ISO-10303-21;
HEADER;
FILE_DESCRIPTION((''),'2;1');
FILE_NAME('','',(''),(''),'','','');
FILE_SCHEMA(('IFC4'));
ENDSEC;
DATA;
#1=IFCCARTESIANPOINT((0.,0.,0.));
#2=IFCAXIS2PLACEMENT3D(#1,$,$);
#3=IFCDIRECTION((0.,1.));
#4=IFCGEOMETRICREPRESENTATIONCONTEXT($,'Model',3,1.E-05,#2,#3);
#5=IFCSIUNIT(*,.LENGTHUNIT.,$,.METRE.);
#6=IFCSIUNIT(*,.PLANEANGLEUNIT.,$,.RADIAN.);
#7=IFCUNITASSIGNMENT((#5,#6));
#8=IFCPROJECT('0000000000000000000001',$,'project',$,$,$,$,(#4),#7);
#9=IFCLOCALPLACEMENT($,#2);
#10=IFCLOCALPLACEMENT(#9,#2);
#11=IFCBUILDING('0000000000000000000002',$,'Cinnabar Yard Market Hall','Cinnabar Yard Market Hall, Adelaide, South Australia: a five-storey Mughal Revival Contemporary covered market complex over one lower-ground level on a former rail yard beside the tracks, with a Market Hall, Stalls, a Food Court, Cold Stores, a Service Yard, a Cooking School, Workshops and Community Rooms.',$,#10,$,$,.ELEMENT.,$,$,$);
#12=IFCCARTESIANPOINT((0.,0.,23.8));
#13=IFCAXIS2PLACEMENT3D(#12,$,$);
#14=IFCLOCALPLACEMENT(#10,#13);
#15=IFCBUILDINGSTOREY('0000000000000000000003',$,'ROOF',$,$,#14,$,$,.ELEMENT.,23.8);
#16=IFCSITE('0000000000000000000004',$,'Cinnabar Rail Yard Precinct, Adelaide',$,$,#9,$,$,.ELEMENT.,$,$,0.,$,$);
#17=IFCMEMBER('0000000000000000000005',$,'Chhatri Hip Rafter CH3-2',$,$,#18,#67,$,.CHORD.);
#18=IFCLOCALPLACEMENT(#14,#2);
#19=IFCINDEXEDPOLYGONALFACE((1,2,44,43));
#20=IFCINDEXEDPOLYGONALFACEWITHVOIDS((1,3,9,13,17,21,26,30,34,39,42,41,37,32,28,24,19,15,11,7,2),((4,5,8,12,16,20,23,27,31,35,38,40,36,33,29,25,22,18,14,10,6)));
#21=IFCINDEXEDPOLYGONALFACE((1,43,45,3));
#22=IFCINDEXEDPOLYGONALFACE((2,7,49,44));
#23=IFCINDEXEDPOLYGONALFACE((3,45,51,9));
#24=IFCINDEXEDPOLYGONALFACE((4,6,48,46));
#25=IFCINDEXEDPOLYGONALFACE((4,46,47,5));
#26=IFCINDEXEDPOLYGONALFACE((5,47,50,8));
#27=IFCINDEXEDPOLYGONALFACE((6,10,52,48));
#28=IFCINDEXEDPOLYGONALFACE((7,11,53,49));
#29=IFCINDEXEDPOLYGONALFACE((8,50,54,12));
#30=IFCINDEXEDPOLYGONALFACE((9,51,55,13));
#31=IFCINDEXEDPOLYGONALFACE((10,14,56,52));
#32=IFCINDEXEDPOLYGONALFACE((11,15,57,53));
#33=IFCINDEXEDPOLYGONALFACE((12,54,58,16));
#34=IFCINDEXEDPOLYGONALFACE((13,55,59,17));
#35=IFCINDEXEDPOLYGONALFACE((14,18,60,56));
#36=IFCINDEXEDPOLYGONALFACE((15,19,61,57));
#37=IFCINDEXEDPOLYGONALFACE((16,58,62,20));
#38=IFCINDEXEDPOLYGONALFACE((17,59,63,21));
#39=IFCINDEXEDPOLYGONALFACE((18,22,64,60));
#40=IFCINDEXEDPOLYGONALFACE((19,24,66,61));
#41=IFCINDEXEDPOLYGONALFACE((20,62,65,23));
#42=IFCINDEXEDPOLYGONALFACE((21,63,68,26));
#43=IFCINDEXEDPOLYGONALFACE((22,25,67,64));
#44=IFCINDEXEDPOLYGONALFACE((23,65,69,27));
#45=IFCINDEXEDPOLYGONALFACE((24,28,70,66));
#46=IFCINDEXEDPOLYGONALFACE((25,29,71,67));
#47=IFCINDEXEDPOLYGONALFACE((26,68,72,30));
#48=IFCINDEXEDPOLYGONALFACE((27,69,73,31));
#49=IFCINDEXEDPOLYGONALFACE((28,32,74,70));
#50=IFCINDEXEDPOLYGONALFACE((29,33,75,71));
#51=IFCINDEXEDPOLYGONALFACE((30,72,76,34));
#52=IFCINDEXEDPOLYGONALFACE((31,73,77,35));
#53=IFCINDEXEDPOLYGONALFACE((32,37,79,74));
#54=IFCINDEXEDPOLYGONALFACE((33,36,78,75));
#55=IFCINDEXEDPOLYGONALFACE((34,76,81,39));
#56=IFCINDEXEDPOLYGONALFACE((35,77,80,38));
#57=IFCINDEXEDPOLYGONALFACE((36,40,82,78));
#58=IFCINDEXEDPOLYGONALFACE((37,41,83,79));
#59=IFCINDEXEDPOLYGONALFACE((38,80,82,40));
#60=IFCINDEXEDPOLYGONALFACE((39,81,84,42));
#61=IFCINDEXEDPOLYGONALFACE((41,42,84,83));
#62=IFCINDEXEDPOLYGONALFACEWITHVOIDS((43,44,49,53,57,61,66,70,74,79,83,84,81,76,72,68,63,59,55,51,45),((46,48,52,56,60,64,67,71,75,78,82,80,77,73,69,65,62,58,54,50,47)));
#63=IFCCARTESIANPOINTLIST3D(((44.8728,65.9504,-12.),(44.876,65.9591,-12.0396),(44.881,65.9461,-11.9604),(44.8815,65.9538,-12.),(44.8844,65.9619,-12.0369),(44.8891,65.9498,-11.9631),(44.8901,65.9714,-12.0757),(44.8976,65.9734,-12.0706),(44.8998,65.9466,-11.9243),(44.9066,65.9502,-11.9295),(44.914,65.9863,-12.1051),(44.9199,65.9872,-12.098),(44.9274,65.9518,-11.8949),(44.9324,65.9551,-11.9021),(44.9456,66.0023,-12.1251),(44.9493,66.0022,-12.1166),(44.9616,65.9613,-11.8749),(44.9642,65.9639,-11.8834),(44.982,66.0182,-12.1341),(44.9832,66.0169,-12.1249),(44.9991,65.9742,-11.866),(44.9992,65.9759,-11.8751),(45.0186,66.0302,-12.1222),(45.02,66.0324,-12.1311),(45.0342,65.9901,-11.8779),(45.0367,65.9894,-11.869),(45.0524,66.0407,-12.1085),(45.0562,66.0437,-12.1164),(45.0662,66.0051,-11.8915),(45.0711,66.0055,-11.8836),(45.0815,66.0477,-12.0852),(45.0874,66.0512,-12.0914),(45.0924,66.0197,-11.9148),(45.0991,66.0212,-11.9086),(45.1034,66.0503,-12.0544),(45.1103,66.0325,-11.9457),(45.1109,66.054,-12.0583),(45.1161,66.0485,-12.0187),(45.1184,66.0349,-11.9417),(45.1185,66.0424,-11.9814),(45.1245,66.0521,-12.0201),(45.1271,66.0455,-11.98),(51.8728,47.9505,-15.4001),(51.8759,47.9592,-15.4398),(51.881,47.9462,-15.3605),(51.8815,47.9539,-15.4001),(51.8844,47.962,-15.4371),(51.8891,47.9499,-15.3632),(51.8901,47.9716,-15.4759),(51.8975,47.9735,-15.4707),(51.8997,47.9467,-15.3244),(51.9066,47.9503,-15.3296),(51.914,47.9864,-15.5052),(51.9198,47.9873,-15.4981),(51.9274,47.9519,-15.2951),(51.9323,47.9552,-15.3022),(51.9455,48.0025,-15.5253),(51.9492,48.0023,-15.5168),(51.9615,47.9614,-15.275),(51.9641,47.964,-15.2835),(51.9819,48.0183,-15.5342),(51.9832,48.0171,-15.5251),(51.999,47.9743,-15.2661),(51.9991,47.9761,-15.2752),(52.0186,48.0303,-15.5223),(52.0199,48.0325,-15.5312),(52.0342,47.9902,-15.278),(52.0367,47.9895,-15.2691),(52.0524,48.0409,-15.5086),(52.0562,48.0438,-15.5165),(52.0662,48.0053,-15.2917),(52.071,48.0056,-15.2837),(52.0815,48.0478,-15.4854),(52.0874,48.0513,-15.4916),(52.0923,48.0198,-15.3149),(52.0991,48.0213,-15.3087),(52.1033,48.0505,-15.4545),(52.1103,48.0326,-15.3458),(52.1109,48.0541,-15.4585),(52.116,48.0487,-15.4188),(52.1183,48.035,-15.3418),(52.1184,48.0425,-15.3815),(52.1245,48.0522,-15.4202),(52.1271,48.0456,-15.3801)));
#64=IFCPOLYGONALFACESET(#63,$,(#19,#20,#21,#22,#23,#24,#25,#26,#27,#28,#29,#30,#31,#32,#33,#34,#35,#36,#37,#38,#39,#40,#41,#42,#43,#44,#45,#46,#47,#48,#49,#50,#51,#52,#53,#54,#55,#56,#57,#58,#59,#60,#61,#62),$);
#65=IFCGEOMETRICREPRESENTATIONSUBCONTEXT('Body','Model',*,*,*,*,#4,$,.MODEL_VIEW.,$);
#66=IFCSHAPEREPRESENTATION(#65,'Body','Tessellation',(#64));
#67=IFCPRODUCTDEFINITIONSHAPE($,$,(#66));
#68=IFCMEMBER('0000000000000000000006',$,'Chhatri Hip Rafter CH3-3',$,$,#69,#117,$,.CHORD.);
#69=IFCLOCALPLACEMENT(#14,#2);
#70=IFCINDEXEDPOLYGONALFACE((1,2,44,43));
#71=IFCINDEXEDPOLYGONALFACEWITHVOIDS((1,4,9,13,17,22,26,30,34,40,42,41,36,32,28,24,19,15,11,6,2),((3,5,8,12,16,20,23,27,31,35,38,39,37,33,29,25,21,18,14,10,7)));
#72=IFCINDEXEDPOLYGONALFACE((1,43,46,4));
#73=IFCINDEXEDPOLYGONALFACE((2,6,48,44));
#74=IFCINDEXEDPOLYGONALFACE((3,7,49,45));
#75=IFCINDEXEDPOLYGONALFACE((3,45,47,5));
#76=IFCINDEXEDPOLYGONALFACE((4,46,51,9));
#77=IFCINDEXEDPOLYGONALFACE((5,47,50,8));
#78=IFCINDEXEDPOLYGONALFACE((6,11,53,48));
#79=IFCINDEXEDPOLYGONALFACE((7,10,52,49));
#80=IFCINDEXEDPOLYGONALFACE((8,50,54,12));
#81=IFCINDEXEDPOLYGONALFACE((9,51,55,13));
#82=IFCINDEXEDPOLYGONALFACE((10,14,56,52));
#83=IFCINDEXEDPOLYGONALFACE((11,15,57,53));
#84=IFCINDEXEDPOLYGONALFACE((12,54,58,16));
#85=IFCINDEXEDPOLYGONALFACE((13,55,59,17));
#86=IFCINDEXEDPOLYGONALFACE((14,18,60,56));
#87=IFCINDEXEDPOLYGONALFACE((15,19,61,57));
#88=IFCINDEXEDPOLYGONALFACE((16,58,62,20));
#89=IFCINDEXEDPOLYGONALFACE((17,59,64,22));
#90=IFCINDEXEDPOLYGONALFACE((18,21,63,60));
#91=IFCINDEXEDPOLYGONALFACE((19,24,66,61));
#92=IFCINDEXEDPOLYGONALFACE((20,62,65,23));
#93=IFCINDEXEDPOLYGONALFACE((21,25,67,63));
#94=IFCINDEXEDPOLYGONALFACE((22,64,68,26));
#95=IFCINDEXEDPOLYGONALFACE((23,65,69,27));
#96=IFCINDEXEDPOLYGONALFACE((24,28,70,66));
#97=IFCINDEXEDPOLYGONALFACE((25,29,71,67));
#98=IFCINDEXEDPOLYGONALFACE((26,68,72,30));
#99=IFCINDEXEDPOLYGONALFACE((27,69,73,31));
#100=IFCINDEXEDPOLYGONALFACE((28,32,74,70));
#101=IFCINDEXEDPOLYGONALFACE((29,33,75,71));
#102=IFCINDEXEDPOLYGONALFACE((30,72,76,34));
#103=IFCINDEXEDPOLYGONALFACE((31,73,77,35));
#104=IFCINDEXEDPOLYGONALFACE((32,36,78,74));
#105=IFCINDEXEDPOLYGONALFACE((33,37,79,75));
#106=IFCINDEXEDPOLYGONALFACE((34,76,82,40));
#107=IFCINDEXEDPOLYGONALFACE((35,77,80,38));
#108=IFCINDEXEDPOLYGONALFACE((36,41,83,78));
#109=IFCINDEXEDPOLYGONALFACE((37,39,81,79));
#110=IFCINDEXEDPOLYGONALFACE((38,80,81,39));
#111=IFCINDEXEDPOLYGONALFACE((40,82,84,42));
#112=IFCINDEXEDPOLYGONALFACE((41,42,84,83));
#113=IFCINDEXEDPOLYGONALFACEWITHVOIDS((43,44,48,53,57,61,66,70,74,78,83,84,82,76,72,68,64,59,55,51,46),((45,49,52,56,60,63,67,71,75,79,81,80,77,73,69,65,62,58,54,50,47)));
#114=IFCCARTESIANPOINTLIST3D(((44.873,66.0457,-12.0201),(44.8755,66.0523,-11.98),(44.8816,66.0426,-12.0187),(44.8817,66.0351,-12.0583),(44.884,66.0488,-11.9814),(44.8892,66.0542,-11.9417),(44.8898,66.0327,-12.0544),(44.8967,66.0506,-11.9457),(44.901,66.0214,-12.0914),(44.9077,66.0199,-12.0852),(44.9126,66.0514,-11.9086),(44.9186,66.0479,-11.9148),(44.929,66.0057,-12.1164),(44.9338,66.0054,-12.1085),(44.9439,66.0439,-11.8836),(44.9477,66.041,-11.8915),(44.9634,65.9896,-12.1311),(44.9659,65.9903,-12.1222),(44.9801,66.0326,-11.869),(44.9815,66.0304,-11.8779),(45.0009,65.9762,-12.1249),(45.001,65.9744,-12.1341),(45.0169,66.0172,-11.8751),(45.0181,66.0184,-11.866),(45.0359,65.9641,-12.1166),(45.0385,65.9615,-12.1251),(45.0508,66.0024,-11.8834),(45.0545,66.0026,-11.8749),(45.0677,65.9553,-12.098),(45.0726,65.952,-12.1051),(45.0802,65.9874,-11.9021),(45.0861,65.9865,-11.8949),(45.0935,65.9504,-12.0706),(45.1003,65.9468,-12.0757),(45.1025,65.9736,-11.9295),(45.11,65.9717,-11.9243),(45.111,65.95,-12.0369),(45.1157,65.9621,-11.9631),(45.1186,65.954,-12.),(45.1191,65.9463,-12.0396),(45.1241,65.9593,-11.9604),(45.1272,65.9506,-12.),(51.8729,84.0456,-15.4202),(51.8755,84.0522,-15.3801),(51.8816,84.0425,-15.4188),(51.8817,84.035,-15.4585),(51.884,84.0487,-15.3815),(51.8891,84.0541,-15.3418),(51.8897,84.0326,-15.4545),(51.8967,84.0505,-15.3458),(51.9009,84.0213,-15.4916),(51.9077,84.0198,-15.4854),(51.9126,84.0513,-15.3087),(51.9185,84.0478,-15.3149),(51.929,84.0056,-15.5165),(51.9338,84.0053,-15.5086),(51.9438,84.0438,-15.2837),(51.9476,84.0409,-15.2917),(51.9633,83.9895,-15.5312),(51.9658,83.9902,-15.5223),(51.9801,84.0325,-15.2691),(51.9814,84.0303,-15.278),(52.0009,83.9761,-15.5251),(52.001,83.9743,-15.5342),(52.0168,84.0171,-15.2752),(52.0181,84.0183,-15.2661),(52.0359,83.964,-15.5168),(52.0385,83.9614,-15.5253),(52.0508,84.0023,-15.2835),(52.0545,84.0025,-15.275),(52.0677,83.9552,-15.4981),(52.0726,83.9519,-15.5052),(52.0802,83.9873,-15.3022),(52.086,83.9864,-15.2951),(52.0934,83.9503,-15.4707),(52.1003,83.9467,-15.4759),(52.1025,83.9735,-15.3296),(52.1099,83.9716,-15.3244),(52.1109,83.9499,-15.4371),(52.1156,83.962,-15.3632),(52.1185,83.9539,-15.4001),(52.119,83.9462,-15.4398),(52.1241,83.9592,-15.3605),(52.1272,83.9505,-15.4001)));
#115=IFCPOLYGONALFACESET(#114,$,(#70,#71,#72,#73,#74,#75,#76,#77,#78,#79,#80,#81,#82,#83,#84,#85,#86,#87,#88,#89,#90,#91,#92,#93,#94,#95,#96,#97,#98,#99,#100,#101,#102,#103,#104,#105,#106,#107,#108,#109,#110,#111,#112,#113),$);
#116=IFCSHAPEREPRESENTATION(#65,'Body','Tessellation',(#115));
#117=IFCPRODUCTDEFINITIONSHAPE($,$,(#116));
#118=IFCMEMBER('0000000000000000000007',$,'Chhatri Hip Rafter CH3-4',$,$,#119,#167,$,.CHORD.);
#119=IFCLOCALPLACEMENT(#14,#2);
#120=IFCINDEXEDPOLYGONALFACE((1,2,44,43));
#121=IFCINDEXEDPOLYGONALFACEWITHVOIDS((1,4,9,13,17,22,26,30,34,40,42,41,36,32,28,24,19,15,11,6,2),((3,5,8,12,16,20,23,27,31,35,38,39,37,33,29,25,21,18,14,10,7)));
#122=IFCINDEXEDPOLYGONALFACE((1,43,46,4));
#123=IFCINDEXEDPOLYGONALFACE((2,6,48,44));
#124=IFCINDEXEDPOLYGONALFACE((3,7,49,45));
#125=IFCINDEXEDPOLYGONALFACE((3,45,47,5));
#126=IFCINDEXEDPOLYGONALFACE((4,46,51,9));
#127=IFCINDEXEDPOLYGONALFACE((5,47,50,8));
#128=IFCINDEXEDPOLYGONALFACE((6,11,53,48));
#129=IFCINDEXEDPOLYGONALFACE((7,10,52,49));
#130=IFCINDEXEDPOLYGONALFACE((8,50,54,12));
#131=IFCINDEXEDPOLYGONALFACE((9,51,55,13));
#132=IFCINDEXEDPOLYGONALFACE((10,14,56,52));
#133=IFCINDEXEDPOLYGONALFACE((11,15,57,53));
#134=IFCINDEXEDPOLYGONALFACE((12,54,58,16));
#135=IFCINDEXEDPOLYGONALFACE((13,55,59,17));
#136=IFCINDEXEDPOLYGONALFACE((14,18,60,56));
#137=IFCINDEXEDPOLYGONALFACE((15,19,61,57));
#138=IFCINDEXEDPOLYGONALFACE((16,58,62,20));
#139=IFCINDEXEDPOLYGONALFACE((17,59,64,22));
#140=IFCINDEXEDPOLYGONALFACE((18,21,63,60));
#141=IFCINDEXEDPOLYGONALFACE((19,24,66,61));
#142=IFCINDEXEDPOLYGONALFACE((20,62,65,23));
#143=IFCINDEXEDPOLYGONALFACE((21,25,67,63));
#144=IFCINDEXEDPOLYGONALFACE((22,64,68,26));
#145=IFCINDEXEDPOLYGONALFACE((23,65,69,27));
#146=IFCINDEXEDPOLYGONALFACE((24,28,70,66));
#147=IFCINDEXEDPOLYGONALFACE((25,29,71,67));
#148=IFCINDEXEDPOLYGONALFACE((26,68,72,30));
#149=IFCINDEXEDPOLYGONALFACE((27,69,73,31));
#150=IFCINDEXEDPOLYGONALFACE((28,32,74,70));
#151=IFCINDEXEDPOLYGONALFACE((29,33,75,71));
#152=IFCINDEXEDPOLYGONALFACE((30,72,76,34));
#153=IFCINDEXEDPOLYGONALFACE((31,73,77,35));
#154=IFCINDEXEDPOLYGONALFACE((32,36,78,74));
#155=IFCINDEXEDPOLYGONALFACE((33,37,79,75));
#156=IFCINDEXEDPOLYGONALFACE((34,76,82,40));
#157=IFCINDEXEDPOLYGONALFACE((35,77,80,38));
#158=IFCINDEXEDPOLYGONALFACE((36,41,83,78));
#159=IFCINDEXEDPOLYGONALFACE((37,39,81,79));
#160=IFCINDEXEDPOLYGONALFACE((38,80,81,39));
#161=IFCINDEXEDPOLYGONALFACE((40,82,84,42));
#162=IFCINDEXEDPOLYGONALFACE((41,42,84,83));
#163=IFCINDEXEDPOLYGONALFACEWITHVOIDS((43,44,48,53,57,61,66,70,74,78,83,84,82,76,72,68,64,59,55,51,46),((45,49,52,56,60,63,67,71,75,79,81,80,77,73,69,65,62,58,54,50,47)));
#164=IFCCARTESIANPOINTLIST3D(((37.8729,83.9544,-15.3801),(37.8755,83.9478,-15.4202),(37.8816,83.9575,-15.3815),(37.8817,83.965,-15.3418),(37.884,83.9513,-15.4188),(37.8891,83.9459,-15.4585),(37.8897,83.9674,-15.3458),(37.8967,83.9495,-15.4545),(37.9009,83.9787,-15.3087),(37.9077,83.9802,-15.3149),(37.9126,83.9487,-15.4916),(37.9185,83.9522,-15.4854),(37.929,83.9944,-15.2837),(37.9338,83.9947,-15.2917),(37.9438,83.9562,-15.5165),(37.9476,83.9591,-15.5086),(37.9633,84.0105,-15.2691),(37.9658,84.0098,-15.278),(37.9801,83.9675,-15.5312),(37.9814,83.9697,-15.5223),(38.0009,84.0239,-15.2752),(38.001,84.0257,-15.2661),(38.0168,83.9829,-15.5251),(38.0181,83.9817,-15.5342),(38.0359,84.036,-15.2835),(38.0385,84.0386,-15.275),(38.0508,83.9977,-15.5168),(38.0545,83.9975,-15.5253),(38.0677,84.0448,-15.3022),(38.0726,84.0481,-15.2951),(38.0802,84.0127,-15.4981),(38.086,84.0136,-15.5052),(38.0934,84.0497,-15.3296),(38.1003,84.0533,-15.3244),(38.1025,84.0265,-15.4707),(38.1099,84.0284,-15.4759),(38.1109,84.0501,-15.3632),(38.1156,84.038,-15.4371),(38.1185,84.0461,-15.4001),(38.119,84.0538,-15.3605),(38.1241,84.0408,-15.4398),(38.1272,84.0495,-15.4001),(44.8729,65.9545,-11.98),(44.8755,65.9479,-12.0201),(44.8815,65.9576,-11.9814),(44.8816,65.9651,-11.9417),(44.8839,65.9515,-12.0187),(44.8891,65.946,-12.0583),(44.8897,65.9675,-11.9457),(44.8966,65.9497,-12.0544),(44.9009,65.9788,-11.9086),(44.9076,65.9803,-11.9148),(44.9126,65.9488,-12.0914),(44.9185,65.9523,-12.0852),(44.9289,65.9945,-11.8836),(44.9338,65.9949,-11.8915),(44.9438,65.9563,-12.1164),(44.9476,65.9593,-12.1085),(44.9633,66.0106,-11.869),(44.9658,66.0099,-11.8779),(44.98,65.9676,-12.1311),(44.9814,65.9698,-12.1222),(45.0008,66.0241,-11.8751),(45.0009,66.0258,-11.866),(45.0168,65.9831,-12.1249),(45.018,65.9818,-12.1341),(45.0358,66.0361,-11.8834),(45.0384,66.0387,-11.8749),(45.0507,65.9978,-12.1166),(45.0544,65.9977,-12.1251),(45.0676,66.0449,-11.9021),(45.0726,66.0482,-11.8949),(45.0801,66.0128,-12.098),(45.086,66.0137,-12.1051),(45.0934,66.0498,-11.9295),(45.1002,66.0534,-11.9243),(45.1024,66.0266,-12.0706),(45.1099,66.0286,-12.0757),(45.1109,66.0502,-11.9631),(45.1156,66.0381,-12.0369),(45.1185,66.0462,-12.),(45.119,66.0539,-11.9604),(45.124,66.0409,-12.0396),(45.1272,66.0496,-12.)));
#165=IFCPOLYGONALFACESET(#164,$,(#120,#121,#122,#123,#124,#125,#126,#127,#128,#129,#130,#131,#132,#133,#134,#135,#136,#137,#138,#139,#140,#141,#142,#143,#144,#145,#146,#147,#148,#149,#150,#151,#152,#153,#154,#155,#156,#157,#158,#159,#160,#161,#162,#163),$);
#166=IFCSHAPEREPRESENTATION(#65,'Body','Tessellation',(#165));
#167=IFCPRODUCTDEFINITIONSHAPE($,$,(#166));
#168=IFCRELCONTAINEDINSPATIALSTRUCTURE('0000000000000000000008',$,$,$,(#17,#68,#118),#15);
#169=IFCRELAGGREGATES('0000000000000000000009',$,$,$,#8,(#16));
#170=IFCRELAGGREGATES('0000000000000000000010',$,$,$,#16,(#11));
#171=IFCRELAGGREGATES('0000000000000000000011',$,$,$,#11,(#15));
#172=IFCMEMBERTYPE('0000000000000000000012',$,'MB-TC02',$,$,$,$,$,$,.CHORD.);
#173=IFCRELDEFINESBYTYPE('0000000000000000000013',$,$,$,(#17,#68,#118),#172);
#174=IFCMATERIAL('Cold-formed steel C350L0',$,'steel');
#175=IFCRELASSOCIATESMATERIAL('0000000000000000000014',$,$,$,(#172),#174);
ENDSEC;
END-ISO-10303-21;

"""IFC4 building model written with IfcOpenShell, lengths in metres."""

from ifc_helpers import new_model, si_unit, direction, frame, origin, origin_2d_with_axis, place, context, subcontext, project, spatial, hollow_circle, extrude, material, material_profile, profile_set, type_object, element, save


model = new_model("IFC4")

# Units and contexts
model_context = context("Model", 3, precision=1e-05, world=origin(), true_north=direction((0.0, 1.0)))
body_context = subcontext(model_context, "Body", "Model", "MODEL_VIEW")
ifc_project = project(units=[si_unit("LENGTHUNIT", "METRE"), si_unit("PLANEANGLEUNIT", "RADIAN")], contexts=[model_context])

# Site, building, storey
site_placement = place(None, origin())
site = spatial("IfcSite", under=ifc_project, at=site_placement, Name="Cinnabar Rail Yard Precinct, Adelaide", CompositionType="ELEMENT", RefElevation=0.0)
building_placement = place(site_placement, origin())
building = spatial("IfcBuilding", under=site, at=building_placement, Name="Cinnabar Yard Market Hall", Description="Cinnabar Yard Market Hall, Adelaide, South Australia: a five-storey Mughal Revival Contemporary covered market complex over one lower-ground level on a former rail yard beside the tracks, with a Market Hall, Stalls, a Food Court, Cold Stores, a Service Yard, a Cooking School, Workshops and Community Rooms.", CompositionType="ELEMENT")
storey_placement = place(building_placement, frame((0.0, 0.0, 23.8)))
storey = spatial("IfcBuildingStorey", under=building, at=storey_placement, Name="ROOF", CompositionType="ELEMENT", Elevation=23.8)

# Members
ifc_material_1 = material(Name="Cold-formed steel C350L0", Category="steel")
ifc_material_profile_1 = material_profile(ifc_material_1, hollow_circle(Radius=0.1365, WallThickness=0.0093, at=origin_2d_with_axis()), Name="273.1x9.3CHS")
ifc_profile_set_1 = profile_set([ifc_material_profile_1], Name="Cold-formed steel C350L0")
member_type_1 = type_object("IfcMemberType", Name="MB-TC02", PredefinedType="CHORD", material=ifc_profile_set_1)
for number, where, z_axis, x_axis, name in (
    (1, (52.0, 48.0, -15.4001), (-0.356957, 0.917888, 0.173386), (-0.932005, -0.362446, 0.0), "Chhatri Hip Rafter CH3-2"),
    (2, (52.0, 84.0, -15.4001), (-0.356957, -0.917888, 0.173386), (0.932005, -0.362446, 0.0), "Chhatri Hip Rafter CH3-3"),
    (3, (38.0, 84.0, -15.4001), (0.356957, -0.917888, 0.173386), (0.932005, 0.362446, 0.0), "Chhatri Hip Rafter CH3-4"),
):
    element("IfcMember", number, at=place(storey_placement, frame(where, z_axis=z_axis, x_axis=x_axis)), inside=storey, type_object=member_type_1, Name=name, PredefinedType="CHORD", context=body_context, shape_type="SweptSolid", body=[
        extrude(hollow_circle(Radius=0.1365, WallThickness=0.0093, at=origin_2d_with_axis()), origin(), (0.0, 0.0, 1.0), 19.6101),
    ])

save(model, "model.ifc")
